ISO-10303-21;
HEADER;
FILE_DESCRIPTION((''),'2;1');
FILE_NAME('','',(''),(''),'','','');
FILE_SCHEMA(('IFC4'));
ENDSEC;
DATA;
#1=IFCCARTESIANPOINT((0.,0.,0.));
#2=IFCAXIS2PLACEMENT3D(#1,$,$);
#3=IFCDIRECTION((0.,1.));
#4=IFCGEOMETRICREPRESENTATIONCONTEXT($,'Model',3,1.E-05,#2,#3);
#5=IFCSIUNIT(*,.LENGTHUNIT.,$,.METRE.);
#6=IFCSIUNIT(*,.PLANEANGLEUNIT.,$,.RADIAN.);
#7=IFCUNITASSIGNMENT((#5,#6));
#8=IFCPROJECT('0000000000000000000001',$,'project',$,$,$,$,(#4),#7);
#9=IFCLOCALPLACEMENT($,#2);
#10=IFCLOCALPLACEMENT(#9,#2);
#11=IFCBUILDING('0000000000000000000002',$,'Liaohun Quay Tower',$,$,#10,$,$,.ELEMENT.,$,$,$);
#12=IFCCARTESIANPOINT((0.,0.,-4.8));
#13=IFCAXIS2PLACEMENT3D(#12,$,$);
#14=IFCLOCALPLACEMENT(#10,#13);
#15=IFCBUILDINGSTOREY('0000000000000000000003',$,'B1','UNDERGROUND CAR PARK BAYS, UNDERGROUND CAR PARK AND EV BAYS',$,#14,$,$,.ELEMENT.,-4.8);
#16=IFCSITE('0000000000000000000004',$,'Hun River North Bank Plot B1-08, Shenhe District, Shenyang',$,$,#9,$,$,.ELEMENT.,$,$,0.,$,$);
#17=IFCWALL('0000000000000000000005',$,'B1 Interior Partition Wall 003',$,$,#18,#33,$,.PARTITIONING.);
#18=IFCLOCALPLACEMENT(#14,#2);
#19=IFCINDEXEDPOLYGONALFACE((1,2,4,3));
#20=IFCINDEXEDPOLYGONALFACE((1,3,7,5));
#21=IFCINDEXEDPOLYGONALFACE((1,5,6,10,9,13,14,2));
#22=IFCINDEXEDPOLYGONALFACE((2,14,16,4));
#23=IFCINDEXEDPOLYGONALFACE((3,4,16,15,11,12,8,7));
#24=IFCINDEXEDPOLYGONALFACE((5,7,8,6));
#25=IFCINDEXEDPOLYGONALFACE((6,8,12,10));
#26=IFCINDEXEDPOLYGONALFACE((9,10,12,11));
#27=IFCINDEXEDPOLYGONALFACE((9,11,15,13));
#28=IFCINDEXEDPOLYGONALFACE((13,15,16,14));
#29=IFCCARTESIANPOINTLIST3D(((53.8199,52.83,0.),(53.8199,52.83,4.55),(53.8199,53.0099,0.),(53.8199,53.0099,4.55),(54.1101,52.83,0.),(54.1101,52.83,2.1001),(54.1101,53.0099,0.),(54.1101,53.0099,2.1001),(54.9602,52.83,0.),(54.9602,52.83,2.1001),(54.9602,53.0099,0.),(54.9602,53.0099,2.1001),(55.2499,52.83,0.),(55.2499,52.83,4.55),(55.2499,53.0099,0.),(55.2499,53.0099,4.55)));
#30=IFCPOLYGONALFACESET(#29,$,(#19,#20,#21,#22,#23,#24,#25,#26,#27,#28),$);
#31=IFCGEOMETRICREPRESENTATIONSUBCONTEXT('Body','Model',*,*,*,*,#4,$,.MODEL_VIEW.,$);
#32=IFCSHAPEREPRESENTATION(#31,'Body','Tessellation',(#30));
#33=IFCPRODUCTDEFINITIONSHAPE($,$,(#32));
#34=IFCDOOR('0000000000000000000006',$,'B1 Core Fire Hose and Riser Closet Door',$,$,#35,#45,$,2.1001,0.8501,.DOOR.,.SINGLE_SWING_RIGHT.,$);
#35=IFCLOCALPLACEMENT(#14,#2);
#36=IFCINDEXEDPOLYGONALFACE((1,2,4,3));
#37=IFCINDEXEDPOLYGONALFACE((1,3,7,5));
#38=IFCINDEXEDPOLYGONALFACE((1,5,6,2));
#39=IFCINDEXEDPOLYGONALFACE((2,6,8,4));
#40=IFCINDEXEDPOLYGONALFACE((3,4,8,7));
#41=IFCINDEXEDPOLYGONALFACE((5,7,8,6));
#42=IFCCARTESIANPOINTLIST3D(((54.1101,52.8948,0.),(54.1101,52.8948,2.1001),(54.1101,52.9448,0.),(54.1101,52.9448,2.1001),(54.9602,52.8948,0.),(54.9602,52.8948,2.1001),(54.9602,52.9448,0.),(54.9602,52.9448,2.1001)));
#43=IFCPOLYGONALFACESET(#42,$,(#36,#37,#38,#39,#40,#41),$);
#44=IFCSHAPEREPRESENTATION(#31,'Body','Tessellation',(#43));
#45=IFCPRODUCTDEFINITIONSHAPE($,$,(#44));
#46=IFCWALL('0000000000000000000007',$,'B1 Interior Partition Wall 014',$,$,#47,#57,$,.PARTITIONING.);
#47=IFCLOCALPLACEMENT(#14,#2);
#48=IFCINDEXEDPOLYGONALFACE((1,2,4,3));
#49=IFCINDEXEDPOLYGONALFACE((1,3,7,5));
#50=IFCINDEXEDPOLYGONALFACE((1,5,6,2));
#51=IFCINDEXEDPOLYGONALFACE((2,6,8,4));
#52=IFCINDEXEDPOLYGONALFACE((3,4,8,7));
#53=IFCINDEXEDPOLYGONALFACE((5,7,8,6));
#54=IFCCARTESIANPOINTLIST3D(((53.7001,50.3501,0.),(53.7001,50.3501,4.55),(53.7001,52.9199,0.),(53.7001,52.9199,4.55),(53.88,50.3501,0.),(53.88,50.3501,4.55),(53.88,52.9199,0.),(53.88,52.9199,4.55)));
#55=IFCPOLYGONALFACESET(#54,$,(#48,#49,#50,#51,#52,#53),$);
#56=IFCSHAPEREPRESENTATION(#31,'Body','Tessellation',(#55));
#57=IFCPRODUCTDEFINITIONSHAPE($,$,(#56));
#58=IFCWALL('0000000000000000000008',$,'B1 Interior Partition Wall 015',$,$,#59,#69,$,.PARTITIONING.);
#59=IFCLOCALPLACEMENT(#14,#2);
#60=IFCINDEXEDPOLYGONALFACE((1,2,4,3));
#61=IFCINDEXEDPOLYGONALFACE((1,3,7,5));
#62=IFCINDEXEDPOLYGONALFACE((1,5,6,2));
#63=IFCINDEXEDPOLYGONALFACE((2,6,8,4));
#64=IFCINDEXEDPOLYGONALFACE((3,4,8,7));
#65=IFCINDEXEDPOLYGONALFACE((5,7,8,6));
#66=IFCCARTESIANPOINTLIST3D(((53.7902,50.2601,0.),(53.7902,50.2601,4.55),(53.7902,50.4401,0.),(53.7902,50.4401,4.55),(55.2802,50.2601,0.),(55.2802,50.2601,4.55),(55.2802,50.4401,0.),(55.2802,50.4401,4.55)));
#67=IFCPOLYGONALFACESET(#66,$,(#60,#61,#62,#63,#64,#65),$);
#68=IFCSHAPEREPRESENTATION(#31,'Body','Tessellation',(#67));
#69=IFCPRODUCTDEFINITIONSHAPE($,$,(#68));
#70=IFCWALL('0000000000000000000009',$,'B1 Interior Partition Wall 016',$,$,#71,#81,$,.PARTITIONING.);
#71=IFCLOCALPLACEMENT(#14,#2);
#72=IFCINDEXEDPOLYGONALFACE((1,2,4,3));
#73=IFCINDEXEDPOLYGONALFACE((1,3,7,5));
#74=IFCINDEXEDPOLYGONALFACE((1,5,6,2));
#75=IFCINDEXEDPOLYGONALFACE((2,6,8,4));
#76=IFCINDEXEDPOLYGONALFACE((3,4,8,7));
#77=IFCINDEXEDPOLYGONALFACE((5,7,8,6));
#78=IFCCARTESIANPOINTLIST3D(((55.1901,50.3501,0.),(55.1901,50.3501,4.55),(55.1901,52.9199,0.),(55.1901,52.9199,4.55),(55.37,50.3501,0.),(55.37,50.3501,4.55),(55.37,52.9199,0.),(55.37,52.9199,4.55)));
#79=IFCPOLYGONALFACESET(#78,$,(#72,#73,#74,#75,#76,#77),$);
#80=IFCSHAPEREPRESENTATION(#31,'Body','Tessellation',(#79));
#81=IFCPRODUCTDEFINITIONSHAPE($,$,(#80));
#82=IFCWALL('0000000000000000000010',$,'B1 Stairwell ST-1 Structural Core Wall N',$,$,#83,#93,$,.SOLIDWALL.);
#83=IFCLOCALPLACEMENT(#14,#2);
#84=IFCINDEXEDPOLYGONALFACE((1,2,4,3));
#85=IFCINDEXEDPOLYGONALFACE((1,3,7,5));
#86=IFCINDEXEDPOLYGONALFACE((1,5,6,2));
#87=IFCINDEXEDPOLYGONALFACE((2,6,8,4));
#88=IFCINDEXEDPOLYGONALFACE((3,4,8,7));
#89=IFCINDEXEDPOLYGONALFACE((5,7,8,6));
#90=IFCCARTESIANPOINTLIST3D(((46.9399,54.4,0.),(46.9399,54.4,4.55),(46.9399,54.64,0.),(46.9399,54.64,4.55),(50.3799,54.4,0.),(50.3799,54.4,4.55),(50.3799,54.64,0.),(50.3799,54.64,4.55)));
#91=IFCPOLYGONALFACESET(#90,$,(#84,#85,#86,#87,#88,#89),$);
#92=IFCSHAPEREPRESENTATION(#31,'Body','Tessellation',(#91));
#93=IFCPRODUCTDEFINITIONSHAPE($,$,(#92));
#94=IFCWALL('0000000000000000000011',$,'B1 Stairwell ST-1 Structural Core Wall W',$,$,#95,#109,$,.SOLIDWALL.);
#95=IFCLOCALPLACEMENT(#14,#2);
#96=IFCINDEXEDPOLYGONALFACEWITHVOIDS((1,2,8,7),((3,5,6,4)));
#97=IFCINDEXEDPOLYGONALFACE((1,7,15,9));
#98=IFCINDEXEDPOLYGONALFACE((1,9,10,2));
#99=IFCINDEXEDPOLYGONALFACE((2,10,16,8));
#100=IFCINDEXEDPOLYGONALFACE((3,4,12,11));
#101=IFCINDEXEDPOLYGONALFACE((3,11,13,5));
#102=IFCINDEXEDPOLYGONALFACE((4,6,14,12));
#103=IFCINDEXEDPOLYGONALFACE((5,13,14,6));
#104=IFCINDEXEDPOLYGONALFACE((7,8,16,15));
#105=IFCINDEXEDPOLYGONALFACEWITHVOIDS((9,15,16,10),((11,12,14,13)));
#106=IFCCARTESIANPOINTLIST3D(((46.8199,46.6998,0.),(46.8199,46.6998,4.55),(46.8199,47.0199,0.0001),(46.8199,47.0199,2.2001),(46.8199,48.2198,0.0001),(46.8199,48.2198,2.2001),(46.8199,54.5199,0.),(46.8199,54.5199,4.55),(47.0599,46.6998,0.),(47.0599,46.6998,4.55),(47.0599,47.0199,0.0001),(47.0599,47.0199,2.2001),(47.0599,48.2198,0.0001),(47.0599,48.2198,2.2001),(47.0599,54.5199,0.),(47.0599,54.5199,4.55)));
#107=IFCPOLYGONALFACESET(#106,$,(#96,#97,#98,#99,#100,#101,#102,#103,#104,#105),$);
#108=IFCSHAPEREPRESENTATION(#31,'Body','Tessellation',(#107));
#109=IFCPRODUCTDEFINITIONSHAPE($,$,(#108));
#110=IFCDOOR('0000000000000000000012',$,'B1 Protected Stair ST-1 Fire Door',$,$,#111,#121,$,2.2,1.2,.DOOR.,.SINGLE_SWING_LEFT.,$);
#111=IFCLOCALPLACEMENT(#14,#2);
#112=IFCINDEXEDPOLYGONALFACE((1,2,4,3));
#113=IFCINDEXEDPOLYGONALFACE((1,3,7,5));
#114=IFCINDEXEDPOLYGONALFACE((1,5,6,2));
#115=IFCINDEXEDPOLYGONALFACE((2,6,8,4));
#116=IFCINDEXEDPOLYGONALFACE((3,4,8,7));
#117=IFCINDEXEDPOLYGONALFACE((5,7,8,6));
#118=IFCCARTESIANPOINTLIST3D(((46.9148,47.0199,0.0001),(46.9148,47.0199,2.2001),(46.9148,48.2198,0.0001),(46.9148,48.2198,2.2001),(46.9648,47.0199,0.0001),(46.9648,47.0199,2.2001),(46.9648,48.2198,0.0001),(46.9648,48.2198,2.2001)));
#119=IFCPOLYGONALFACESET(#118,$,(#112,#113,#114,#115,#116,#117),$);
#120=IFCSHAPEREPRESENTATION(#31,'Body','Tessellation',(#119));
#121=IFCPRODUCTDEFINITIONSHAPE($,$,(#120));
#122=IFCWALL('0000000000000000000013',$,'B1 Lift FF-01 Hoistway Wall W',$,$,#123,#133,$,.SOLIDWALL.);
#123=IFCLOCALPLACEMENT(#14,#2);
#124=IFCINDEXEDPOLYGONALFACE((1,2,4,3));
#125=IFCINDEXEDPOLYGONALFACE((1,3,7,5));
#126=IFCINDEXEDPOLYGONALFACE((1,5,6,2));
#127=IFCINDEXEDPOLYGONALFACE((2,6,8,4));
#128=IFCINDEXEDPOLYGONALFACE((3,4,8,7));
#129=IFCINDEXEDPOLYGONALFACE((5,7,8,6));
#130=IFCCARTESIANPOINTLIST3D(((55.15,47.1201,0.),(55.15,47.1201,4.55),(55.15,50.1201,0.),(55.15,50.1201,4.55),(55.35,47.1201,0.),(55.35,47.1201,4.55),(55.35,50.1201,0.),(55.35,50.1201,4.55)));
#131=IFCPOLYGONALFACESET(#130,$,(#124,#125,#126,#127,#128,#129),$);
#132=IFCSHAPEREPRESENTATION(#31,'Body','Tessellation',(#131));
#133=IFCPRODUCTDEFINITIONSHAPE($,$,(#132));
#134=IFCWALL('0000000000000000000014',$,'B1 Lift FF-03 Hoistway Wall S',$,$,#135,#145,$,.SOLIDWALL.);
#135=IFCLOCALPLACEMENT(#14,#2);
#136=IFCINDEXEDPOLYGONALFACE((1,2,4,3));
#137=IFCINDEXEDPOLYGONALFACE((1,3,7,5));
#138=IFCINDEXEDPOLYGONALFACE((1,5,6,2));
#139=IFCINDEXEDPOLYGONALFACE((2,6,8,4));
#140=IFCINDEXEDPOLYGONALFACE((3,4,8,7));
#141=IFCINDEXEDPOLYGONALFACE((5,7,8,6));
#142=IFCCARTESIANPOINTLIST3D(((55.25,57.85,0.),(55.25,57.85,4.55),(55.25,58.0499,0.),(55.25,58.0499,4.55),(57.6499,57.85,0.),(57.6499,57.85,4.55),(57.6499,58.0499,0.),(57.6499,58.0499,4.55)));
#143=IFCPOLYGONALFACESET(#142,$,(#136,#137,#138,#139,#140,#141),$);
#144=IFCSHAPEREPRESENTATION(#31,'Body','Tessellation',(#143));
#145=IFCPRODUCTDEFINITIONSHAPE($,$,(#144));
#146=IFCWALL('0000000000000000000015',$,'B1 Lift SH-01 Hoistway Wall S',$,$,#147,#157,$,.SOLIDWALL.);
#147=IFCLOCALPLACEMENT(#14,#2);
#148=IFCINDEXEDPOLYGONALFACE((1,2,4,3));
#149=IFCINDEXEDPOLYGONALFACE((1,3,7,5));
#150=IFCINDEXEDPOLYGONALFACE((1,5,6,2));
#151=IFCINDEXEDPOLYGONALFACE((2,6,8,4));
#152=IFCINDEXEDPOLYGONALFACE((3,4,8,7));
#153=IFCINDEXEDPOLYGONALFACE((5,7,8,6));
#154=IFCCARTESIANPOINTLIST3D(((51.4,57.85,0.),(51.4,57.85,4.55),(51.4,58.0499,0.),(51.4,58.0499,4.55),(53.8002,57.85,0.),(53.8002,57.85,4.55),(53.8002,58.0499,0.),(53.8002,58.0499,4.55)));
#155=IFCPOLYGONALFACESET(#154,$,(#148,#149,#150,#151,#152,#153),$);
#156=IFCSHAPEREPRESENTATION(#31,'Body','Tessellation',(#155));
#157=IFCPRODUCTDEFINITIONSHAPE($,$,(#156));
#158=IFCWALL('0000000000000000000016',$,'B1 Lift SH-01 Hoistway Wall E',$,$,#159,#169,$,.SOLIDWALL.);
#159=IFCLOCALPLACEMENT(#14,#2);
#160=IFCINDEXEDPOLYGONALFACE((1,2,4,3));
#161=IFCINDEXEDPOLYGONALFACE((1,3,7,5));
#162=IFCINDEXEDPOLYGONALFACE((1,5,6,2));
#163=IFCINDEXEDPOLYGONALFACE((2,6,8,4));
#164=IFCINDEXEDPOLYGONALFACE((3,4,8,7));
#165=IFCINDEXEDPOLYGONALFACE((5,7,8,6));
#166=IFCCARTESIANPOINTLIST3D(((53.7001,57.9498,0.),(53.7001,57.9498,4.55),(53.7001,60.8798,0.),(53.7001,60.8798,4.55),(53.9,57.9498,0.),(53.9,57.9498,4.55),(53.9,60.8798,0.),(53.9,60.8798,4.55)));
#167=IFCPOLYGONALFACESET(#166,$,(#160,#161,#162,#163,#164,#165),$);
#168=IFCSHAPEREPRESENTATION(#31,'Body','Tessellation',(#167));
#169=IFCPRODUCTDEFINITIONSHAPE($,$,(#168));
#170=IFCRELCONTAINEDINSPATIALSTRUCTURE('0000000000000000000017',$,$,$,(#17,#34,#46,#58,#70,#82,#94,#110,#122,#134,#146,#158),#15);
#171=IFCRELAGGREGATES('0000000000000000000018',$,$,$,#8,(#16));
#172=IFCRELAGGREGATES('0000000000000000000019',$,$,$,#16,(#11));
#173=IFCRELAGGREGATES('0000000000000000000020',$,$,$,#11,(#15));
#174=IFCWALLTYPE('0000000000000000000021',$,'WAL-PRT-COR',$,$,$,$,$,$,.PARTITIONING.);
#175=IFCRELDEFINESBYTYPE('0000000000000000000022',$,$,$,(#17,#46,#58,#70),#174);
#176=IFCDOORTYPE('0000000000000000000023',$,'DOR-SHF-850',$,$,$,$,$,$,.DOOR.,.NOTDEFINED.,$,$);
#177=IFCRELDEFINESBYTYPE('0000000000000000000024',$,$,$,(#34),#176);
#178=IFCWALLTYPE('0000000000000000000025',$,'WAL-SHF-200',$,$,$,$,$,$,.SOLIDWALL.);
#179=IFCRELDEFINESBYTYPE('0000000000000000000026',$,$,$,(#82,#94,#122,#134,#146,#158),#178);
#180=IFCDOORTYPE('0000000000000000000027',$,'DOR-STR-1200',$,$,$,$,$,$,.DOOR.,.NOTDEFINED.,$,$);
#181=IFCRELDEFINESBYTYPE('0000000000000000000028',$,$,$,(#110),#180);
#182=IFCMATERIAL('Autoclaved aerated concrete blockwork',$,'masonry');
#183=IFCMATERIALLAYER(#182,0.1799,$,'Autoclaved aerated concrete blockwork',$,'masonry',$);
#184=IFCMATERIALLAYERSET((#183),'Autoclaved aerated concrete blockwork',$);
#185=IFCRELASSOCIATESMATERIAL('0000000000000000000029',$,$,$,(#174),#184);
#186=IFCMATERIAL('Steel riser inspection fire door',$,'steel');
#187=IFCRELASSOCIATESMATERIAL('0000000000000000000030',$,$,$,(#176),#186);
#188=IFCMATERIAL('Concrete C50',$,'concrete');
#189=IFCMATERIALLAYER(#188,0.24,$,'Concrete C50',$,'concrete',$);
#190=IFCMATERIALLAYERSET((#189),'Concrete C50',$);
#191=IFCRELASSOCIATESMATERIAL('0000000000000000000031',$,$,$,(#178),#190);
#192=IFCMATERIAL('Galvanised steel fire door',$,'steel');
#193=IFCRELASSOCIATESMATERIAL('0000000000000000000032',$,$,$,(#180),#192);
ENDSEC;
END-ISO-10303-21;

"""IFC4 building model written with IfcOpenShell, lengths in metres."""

from ifc_helpers import new_model, si_unit, direction, frame, frame_2d, origin, place, context, subcontext, project, spatial, rectangle, extrude, source, transform, mapped, material, layer, layer_set, type_object, element, fill, save


model = new_model("IFC4")

# Units and contexts
model_context = context("Model", 3, precision=1e-05, world=origin(), true_north=direction((0.0, 1.0)))
body_context = subcontext(model_context, "Body", "Model", "MODEL_VIEW")
ifc_project = project(units=[si_unit("LENGTHUNIT", "METRE"), si_unit("PLANEANGLEUNIT", "RADIAN")], contexts=[model_context])

# Site, building, storey
site_placement = place(None, origin())
site = spatial("IfcSite", under=ifc_project, at=site_placement, Name="Hun River North Bank Plot B1-08, Shenhe District, Shenyang", CompositionType="ELEMENT", RefElevation=0.0)
building_placement = place(site_placement, origin())
building = spatial("IfcBuilding", under=site, at=building_placement, Name="Liaohun Quay Tower", CompositionType="ELEMENT")
storey_placement = place(building_placement, frame((0.0, 0.0, -4.8)))
storey = spatial("IfcBuildingStorey", under=building, at=storey_placement, Name="B1", Description="UNDERGROUND CAR PARK BAYS, UNDERGROUND CAR PARK AND EV BAYS", CompositionType="ELEMENT", Elevation=-4.8)

# Wall, opening, door
ifc_material_1 = material(Name="Autoclaved aerated concrete blockwork", Category="masonry")
ifc_layer_1 = layer(ifc_material_1, 0.1799, Name="Autoclaved aerated concrete blockwork", Category="masonry")
ifc_layer_set_1 = layer_set([ifc_layer_1], Name="Autoclaved aerated concrete blockwork")
wall_type_1 = type_object("IfcWallType", Name="WAL-PRT-COR", PredefinedType="PARTITIONING", material=ifc_layer_set_1)
wall_1_placement = place(storey_placement, frame((53.8201, 52.9199, 0.0), z_axis=(0.0, 0.0, 1.0), x_axis=(1.0, 0.0, 0.0)))
wall_1 = element("IfcWall", 1, at=wall_1_placement, inside=storey, type_object=wall_type_1, Name="B1 Interior Partition Wall 003", PredefinedType="PARTITIONING", context=body_context, shape_type="SweptSolid", body=[
    extrude(rectangle(XDim=1.4299, YDim=0.1799, at=frame_2d((0.7148, 0.0))), origin(), (0.0, 0.0, 1.0), 4.55),
])
shared_shape_1 = source(origin(), body_context, "Body", "SweptSolid", [
    extrude(rectangle(XDim=0.8501, YDim=2.1001, at=frame_2d((0.425, 1.05))), frame((0.0, 0.0999, 0.0), z_axis=(0.0, -1.0, 0.0), x_axis=(1.0, 0.0, 0.0)), (0.0, 0.0, 1.0), 0.2),
])
opening_1_placement = place(wall_1_placement, frame((0.29, 0.0, 0.0)))
opening_1 = element("IfcOpeningElement", 2, at=opening_1_placement, cuts=wall_1, PredefinedType="OPENING", context=body_context, shape_type="MappedRepresentation", body=[
    mapped(shared_shape_1, transform((0.0, 0.0, 0.0), x_axis=(1.0, 0.0, 0.0), y_axis=(0.0, 1.0, 0.0), z_axis=(0.0, 0.0, 1.0), scale=1.0)),
])
ifc_material_2 = material(Name="Steel riser inspection fire door", Category="steel")
door_type_1 = type_object("IfcDoorType", Name="DOR-SHF-850", OperationType="NOTDEFINED", PredefinedType="DOOR", material=ifc_material_2)
shared_shape_2 = source(origin(), body_context, "Body", "SweptSolid", [
    extrude(rectangle(XDim=0.8501, YDim=2.1001, at=frame_2d((0.425, 1.05))), frame((0.0, 0.0249, 0.0), z_axis=(0.0, -1.0, 0.0), x_axis=(1.0, 0.0, 0.0)), (0.0, 0.0, 1.0), 0.05),
])
door_1_placement = place(opening_1_placement, origin())
door_1 = element("IfcDoor", 3, at=door_1_placement, inside=storey, type_object=door_type_1, Name="B1 Core Fire Hose and Riser Closet Door", OperationType="SINGLE_SWING_RIGHT", OverallHeight=2.1001, OverallWidth=0.8501, PredefinedType="DOOR", context=body_context, shape_type="MappedRepresentation", body=[
    mapped(shared_shape_2, transform((0.0, 0.0, 0.0), x_axis=(1.0, 0.0, 0.0), y_axis=(0.0, 1.0, 0.0), z_axis=(0.0, 0.0, 1.0), scale=1.0)),
])
fill(opening_1, door_1)

# Walls
wall_2_placement = place(storey_placement, frame((53.79, 50.3501, 0.0), z_axis=(0.0, 0.0, 1.0), x_axis=(0.0, 1.0, 0.0)))
element("IfcWall", 4, at=wall_2_placement, inside=storey, type_object=wall_type_1, Name="B1 Interior Partition Wall 014", PredefinedType="PARTITIONING", context=body_context, shape_type="SweptSolid", body=[
    extrude(rectangle(XDim=2.5698, YDim=0.1799, at=frame_2d((1.2849, 0.0))), origin(), (0.0, 0.0, 1.0), 4.55),
])
wall_3_placement = place(storey_placement, frame((53.79, 50.3501, 0.0), z_axis=(0.0, 0.0, 1.0), x_axis=(1.0, 0.0, 0.0)))
element("IfcWall", 5, at=wall_3_placement, inside=storey, type_object=wall_type_1, Name="B1 Interior Partition Wall 015", PredefinedType="PARTITIONING", context=body_context, shape_type="SweptSolid", body=[
    extrude(rectangle(XDim=1.49, YDim=0.1799, at=frame_2d((0.7451, 0.0))), origin(), (0.0, 0.0, 1.0), 4.55),
])
wall_4_placement = place(storey_placement, frame((55.28, 50.3501, 0.0), z_axis=(0.0, 0.0, 1.0), x_axis=(0.0, 1.0, 0.0)))
element("IfcWall", 6, at=wall_4_placement, inside=storey, type_object=wall_type_1, Name="B1 Interior Partition Wall 016", PredefinedType="PARTITIONING", context=body_context, shape_type="SweptSolid", body=[
    extrude(rectangle(XDim=2.5698, YDim=0.1799, at=frame_2d((1.2849, 0.0))), origin(), (0.0, 0.0, 1.0), 4.55),
])

# Wall
ifc_material_3 = material(Name="Concrete C50", Category="concrete")
ifc_layer_2 = layer(ifc_material_3, 0.24, Name="Concrete C50", Category="concrete")
ifc_layer_set_2 = layer_set([ifc_layer_2], Name="Concrete C50")
wall_type_2 = type_object("IfcWallType", Name="WAL-SHF-200", PredefinedType="SOLIDWALL", material=ifc_layer_set_2)
wall_5_placement = place(storey_placement, frame((50.3799, 54.52, 0.0), z_axis=(0.0, 0.0, 1.0), x_axis=(-1.0, 0.0, 0.0)))
element("IfcWall", 7, at=wall_5_placement, inside=storey, type_object=wall_type_2, Name="B1 Stairwell ST-1 Structural Core Wall N", PredefinedType="SOLIDWALL", context=body_context, shape_type="SweptSolid", body=[
    extrude(rectangle(XDim=3.4399, YDim=0.24, at=frame_2d((1.72, 0.0))), origin(), (0.0, 0.0, 1.0), 4.55),
])

# Wall, opening, door
wall_6_placement = place(storey_placement, frame((46.9399, 54.52, 0.0), z_axis=(0.0, 0.0, 1.0), x_axis=(0.0, -1.0, 0.0)))
wall_6 = element("IfcWall", 8, at=wall_6_placement, inside=storey, type_object=wall_type_2, Name="B1 Stairwell ST-1 Structural Core Wall W", PredefinedType="SOLIDWALL", context=body_context, shape_type="SweptSolid", body=[
    extrude(rectangle(XDim=7.8201, YDim=0.24, at=frame_2d((3.9102, 0.0))), origin(), (0.0, 0.0, 1.0), 4.55),
])
shared_shape_3 = source(origin(), body_context, "Body", "SweptSolid", [
    extrude(rectangle(XDim=1.2, YDim=2.2, at=frame_2d((0.6001, 1.1001))), frame((0.0, 0.1299, 0.0), z_axis=(0.0, -1.0, 0.0), x_axis=(1.0, 0.0, 0.0)), (0.0, 0.0, 1.0), 0.26),
])
opening_2_placement = place(wall_6_placement, frame((6.3, 0.0, 0.0)))
opening_2 = element("IfcOpeningElement", 9, at=opening_2_placement, cuts=wall_6, PredefinedType="OPENING", context=body_context, shape_type="MappedRepresentation", body=[
    mapped(shared_shape_3, transform((0.0, 0.0, 0.0), x_axis=(1.0, 0.0, 0.0), y_axis=(0.0, 1.0, 0.0), z_axis=(0.0, 0.0, 1.0), scale=1.0)),
])
ifc_material_4 = material(Name="Galvanised steel fire door", Category="steel")
door_type_2 = type_object("IfcDoorType", Name="DOR-STR-1200", OperationType="NOTDEFINED", PredefinedType="DOOR", material=ifc_material_4)
shared_shape_4 = source(origin(), body_context, "Body", "SweptSolid", [
    extrude(rectangle(XDim=1.2, YDim=2.2, at=frame_2d((0.6001, 1.1001))), frame((0.0, 0.0249, 0.0), z_axis=(0.0, -1.0, 0.0), x_axis=(1.0, 0.0, 0.0)), (0.0, 0.0, 1.0), 0.05),
])
door_2_placement = place(opening_2_placement, origin())
door_2 = element("IfcDoor", 10, at=door_2_placement, inside=storey, type_object=door_type_2, Name="B1 Protected Stair ST-1 Fire Door", OperationType="SINGLE_SWING_LEFT", OverallHeight=2.2, OverallWidth=1.2, PredefinedType="DOOR", context=body_context, shape_type="MappedRepresentation", body=[
    mapped(shared_shape_4, transform((0.0, 0.0, 0.0), x_axis=(1.0, 0.0, 0.0), y_axis=(0.0, 1.0, 0.0), z_axis=(0.0, 0.0, 1.0), scale=1.0)),
])
fill(opening_2, door_2)

# Walls
wall_7_placement = place(storey_placement, frame((55.25, 50.1201, 0.0), z_axis=(0.0, 0.0, 1.0), x_axis=(0.0, -1.0, 0.0)))
element("IfcWall", 11, at=wall_7_placement, inside=storey, type_object=wall_type_2, Name="B1 Lift FF-01 Hoistway Wall W", PredefinedType="SOLIDWALL", context=body_context, shape_type="SweptSolid", body=[
    extrude(rectangle(XDim=3.0, YDim=0.2, at=frame_2d((1.5, 0.0))), origin(), (0.0, 0.0, 1.0), 4.55),
])
wall_8_placement = place(storey_placement, frame((55.25, 57.95, 0.0), z_axis=(0.0, 0.0, 1.0), x_axis=(1.0, 0.0, 0.0)))
element("IfcWall", 12, at=wall_8_placement, inside=storey, type_object=wall_type_2, Name="B1 Lift FF-03 Hoistway Wall S", PredefinedType="SOLIDWALL", context=body_context, shape_type="SweptSolid", body=[
    extrude(rectangle(XDim=2.3999, YDim=0.2, at=frame_2d((1.2, 0.0))), origin(), (0.0, 0.0, 1.0), 4.55),
])
wall_9_placement = place(storey_placement, frame((51.3999, 57.95, 0.0), z_axis=(0.0, 0.0, 1.0), x_axis=(1.0, 0.0, 0.0)))
element("IfcWall", 13, at=wall_9_placement, inside=storey, type_object=wall_type_2, Name="B1 Lift SH-01 Hoistway Wall S", PredefinedType="SOLIDWALL", context=body_context, shape_type="SweptSolid", body=[
    extrude(rectangle(XDim=2.4001, YDim=0.2, at=frame_2d((1.2002, 0.0))), origin(), (0.0, 0.0, 1.0), 4.55),
])
wall_10_placement = place(storey_placement, frame((53.8, 57.95, 0.0), z_axis=(0.0, 0.0, 1.0), x_axis=(0.0, 1.0, 0.0)))
element("IfcWall", 14, at=wall_10_placement, inside=storey, type_object=wall_type_2, Name="B1 Lift SH-01 Hoistway Wall E", PredefinedType="SOLIDWALL", context=body_context, shape_type="SweptSolid", body=[
    extrude(rectangle(XDim=2.9299, YDim=0.2, at=frame_2d((1.4648, 0.0))), origin(), (0.0, 0.0, 1.0), 4.55),
])

save(model, "model.ifc")
